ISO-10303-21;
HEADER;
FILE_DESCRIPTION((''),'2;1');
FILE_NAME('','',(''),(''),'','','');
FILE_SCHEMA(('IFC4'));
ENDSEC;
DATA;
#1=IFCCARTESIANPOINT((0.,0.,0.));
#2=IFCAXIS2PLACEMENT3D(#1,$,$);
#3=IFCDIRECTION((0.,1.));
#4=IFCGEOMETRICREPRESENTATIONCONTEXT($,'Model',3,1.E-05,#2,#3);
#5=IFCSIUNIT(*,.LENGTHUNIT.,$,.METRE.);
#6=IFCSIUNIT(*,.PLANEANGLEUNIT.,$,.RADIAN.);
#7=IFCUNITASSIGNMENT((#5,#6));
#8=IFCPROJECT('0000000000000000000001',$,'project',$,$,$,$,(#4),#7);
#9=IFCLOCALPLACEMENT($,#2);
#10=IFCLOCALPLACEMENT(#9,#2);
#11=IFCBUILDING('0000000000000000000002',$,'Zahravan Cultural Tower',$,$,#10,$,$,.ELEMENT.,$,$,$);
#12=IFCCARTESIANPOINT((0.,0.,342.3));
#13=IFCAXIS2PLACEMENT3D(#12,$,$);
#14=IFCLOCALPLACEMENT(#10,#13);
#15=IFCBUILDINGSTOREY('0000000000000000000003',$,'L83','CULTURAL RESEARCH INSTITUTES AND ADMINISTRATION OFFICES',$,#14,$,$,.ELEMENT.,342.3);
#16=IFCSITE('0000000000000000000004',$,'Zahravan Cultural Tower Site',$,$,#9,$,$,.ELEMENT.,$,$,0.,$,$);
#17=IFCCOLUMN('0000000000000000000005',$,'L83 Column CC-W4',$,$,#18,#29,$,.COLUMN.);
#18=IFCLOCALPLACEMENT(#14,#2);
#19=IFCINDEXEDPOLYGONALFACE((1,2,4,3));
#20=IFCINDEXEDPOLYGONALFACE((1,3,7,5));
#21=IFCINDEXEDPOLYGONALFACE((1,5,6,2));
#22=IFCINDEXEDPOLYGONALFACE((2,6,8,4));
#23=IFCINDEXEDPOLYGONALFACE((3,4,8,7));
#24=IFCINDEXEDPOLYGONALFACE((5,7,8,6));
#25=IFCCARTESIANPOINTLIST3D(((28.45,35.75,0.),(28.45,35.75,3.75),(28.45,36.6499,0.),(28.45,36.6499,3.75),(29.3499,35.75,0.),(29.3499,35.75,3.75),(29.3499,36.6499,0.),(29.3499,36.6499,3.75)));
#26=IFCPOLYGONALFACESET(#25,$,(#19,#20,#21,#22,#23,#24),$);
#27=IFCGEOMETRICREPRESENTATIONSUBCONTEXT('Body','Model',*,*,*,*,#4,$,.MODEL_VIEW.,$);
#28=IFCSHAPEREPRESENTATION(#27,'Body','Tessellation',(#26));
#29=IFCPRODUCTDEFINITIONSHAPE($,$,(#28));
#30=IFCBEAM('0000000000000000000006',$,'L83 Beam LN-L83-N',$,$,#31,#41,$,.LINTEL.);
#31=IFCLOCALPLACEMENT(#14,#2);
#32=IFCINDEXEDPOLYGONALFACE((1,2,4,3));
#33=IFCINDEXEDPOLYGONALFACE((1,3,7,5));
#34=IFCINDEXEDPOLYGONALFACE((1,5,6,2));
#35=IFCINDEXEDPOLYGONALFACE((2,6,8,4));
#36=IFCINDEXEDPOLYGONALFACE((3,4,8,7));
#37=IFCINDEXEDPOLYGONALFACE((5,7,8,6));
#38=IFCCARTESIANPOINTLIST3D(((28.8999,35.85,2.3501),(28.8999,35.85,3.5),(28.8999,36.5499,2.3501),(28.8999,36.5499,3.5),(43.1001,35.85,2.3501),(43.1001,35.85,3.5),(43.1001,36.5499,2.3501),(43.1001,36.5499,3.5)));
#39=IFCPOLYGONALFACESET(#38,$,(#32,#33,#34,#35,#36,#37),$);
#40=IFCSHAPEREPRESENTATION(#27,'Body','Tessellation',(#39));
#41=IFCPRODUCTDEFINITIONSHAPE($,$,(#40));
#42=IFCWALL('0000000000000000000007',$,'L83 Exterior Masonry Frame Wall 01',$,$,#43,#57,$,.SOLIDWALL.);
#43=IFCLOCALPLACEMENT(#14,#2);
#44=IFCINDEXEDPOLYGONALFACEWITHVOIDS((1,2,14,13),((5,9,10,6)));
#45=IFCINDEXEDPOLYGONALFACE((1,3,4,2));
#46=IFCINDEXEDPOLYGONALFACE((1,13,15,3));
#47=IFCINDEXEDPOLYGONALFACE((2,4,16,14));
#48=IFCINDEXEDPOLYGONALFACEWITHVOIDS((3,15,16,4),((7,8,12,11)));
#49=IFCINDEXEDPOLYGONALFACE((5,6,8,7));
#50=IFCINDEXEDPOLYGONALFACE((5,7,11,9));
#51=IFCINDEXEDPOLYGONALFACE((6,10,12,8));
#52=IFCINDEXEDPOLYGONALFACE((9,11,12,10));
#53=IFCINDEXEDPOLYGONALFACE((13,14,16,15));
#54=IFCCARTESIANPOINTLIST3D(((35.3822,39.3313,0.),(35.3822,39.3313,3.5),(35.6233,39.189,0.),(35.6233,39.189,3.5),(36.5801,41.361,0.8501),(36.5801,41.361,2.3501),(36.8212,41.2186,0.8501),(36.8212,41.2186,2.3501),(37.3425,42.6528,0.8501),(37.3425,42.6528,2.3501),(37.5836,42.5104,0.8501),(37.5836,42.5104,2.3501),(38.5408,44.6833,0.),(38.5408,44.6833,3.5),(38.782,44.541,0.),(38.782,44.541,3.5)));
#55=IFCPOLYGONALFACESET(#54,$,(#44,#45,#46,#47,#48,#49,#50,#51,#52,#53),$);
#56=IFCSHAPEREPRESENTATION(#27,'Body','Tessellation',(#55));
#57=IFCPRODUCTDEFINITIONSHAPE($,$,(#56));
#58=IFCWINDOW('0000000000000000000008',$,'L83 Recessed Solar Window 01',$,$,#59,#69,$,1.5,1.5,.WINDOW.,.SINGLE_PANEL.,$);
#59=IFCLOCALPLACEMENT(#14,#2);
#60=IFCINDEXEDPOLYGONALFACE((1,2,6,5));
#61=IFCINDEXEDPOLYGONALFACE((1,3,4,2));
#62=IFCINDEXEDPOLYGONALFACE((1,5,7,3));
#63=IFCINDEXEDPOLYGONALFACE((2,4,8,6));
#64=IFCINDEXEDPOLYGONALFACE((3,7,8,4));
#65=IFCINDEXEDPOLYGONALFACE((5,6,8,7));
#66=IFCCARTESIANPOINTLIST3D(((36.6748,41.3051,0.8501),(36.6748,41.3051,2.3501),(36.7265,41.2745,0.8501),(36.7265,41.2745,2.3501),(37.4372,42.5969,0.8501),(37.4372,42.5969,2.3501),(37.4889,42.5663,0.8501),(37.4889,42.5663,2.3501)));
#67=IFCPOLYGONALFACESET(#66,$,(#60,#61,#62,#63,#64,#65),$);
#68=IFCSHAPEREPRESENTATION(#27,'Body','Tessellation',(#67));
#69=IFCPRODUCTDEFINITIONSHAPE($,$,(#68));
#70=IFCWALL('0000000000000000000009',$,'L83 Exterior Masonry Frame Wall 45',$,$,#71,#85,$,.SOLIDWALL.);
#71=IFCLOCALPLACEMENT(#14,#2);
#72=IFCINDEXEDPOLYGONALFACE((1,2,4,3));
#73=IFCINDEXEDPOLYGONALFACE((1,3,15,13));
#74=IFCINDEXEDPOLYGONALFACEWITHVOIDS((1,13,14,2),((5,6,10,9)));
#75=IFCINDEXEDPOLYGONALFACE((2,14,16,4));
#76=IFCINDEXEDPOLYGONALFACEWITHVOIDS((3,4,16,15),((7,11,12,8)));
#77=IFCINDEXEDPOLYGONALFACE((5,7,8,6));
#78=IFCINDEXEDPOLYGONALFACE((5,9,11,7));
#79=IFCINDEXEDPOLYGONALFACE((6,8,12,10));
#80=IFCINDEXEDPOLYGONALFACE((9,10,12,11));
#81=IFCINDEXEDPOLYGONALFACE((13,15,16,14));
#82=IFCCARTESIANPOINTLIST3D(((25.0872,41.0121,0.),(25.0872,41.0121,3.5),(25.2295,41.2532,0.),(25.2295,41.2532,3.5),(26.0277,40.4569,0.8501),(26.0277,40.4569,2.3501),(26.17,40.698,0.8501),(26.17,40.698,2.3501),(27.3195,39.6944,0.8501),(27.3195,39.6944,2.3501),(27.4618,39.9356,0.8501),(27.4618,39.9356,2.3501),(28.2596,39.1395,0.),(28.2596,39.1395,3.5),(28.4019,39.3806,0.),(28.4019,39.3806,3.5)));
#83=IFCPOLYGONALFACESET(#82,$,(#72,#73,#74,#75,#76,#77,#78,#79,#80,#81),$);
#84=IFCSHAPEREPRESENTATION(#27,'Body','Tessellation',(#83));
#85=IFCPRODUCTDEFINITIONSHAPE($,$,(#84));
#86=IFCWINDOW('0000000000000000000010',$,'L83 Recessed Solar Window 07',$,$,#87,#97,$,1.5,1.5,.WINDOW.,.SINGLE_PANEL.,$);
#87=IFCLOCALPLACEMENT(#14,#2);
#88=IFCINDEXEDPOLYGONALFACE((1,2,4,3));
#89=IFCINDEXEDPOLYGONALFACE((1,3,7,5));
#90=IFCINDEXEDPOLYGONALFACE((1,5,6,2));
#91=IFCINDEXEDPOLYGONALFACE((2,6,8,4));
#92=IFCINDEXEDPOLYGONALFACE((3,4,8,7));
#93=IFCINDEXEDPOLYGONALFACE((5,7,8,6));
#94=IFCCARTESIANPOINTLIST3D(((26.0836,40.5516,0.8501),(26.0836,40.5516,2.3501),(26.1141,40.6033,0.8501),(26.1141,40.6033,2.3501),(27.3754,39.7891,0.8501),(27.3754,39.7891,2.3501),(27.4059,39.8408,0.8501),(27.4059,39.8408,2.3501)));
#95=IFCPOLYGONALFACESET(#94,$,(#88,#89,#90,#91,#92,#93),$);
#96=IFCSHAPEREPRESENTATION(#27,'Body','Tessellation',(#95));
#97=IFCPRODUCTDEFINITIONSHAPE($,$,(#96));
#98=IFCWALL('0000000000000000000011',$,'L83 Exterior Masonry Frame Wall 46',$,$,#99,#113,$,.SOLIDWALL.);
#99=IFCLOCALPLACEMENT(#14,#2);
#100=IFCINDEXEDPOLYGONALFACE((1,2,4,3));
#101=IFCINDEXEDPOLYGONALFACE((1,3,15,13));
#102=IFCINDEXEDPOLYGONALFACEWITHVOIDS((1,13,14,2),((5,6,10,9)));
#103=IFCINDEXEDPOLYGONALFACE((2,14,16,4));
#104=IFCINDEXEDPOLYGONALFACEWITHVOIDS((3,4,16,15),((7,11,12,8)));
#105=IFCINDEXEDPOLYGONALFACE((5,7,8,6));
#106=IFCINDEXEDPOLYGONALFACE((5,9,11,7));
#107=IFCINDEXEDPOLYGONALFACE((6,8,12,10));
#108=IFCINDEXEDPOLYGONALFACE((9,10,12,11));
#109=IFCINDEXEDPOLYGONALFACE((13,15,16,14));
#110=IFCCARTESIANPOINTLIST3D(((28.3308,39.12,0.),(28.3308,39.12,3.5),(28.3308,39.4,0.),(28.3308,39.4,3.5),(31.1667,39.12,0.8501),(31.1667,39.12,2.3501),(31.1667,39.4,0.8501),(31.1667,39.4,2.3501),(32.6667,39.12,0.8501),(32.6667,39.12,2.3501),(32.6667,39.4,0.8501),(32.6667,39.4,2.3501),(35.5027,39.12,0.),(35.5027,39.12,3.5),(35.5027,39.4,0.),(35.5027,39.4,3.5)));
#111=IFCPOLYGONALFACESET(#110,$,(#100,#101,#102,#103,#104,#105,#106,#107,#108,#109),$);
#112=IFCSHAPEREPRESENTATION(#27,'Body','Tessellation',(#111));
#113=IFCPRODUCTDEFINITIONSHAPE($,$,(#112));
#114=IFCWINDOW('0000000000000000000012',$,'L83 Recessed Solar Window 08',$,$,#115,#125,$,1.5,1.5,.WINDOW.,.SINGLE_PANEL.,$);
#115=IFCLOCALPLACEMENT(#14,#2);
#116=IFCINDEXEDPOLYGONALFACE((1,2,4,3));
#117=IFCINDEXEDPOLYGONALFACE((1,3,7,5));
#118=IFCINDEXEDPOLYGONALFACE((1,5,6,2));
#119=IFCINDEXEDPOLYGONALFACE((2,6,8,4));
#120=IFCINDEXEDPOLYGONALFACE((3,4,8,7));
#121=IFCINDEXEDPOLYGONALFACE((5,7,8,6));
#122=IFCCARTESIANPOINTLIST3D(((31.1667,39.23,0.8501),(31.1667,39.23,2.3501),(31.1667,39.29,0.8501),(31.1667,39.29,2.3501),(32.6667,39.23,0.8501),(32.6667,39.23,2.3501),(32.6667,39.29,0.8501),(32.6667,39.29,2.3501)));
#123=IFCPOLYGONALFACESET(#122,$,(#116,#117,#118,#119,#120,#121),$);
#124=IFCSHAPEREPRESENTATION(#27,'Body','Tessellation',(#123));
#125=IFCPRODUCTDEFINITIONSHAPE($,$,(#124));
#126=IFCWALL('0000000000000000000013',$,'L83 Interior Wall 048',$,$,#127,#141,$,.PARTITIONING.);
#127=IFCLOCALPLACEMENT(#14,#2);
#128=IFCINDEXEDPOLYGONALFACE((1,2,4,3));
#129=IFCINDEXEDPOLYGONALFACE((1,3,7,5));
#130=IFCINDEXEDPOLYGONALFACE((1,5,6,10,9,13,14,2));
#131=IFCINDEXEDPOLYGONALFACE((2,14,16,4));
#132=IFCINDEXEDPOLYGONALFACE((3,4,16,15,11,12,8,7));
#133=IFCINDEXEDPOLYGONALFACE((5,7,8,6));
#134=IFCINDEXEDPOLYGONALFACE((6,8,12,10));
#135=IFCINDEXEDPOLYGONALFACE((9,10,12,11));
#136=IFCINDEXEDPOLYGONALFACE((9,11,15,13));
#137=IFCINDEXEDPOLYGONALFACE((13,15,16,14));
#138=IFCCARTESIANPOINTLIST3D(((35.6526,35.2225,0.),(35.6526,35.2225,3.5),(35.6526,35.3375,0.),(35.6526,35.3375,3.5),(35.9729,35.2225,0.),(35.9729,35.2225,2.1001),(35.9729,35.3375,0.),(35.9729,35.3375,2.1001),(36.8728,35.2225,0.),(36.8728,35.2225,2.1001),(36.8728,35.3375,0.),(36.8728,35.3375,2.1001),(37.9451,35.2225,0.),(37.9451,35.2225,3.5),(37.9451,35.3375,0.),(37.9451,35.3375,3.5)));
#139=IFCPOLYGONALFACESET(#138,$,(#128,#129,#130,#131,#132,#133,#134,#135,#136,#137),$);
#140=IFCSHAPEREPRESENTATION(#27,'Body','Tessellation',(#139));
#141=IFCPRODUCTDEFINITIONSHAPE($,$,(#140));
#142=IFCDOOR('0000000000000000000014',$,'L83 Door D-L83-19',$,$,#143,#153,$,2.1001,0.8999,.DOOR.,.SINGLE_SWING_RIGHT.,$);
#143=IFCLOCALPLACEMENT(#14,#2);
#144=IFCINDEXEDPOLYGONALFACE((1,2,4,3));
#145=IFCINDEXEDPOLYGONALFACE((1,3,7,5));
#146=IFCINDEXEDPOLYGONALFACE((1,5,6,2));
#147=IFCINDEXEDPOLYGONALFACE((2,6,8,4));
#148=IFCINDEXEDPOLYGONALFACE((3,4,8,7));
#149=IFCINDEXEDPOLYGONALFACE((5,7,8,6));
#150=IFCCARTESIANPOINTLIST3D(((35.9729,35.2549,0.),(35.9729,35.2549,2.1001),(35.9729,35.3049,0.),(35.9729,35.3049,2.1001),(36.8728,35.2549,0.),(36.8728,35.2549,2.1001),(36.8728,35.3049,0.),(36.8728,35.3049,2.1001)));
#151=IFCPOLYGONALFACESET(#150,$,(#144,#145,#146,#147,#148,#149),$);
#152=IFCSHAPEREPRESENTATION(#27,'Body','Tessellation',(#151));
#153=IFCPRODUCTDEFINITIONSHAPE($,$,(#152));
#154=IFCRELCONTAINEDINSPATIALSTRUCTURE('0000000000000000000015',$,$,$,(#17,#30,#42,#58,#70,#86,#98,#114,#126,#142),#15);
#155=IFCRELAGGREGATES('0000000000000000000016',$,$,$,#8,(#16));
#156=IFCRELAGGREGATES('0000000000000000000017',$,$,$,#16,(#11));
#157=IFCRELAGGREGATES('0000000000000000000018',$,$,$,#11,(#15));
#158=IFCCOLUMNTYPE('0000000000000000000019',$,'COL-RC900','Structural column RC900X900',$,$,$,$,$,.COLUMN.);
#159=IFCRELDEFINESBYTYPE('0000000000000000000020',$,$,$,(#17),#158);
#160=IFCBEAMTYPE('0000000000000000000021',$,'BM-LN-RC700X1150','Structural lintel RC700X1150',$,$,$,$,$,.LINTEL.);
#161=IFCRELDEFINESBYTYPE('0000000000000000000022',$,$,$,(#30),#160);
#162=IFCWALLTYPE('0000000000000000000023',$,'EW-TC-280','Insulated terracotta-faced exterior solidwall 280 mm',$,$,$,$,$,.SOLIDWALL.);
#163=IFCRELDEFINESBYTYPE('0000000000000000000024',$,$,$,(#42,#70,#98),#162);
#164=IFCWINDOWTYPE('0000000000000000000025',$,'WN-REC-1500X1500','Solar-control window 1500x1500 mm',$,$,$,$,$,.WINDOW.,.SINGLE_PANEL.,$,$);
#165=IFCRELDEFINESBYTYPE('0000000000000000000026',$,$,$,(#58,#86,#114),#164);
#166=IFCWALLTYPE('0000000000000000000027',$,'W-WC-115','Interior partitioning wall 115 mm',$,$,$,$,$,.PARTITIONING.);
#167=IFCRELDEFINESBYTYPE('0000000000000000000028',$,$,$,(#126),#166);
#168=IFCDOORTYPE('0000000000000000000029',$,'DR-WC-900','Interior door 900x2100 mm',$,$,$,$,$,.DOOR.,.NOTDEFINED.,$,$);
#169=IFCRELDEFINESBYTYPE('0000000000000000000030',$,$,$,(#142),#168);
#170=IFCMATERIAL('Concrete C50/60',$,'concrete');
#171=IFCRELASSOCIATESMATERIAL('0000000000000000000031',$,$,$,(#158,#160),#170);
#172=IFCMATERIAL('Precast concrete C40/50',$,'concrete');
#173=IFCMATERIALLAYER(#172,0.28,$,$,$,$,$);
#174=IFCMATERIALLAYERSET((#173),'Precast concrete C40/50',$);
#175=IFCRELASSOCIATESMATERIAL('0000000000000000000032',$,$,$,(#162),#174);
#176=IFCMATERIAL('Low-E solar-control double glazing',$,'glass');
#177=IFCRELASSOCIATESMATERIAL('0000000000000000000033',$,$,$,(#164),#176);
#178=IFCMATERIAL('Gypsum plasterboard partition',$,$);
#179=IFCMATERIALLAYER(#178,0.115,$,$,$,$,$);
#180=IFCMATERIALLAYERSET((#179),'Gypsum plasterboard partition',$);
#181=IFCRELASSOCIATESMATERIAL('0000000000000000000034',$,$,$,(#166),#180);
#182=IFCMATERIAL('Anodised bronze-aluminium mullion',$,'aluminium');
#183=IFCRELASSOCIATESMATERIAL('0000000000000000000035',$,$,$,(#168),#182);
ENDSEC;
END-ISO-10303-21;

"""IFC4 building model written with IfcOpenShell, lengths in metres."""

from ifc_helpers import new_model, si_unit, direction, frame, frame_2d, origin, origin_2d, place, context, subcontext, project, spatial, rectangle, extrude, source, transform, mapped, material, layer, layer_set, material_profile, profile_set, type_object, element, fill, save


model = new_model("IFC4")

# Units and contexts
model_context = context("Model", 3, precision=1e-05, world=origin(), true_north=direction((0.0, 1.0)))
body_context = subcontext(model_context, "Body", "Model", "MODEL_VIEW")
ifc_project = project(units=[si_unit("LENGTHUNIT", "METRE"), si_unit("PLANEANGLEUNIT", "RADIAN")], contexts=[model_context])

# Site, building, storey
site_placement = place(None, origin())
site = spatial("IfcSite", under=ifc_project, at=site_placement, Name="Zahravan Cultural Tower Site", CompositionType="ELEMENT", RefElevation=0.0)
building_placement = place(site_placement, origin())
building = spatial("IfcBuilding", under=site, at=building_placement, Name="Zahravan Cultural Tower", CompositionType="ELEMENT")
storey_placement = place(building_placement, frame((0.0, 0.0, 342.3)))
storey = spatial("IfcBuildingStorey", under=building, at=storey_placement, Name="L83", Description="CULTURAL RESEARCH INSTITUTES AND ADMINISTRATION OFFICES", CompositionType="ELEMENT", Elevation=342.3)

# Column
ifc_material_1 = material(Name="Concrete C50/60", Category="concrete")
ifc_material_profile_1 = material_profile(ifc_material_1, rectangle(XDim=0.8999, YDim=0.8999, at=origin_2d()), Name="RC900X900")
ifc_profile_set_1 = profile_set([ifc_material_profile_1], Name="Concrete C50/60")
column_type = type_object("IfcColumnType", Name="COL-RC900", Description="Structural column RC900X900", PredefinedType="COLUMN", material=ifc_profile_set_1)
shared_shape_1 = source(origin(), body_context, "Body", "SweptSolid", [
    extrude(rectangle(XDim=0.8999, YDim=0.8999, at=origin_2d()), origin(), (0.0, 0.0, 1.0), 3.75),
])
column_placement = place(storey_placement, frame((28.8999, 36.2, 0.0), z_axis=(0.0, 0.0, 1.0), x_axis=(1.0, 0.0, 0.0)))
element("IfcColumn", 1, at=column_placement, inside=storey, type_object=column_type, Name="L83 Column CC-W4", PredefinedType="COLUMN", context=body_context, shape_type="MappedRepresentation", body=[
    mapped(shared_shape_1, transform((0.0, 0.0, 0.0), x_axis=(1.0, 0.0, 0.0), y_axis=(0.0, 1.0, 0.0), z_axis=(0.0, 0.0, 1.0), scale=1.0)),
])

# Beam
ifc_material_profile_2 = material_profile(ifc_material_1, rectangle(XDim=0.7, YDim=1.1499, at=origin_2d()), Name="RC700X1150")
ifc_profile_set_2 = profile_set([ifc_material_profile_2], Name="Concrete C50/60")
beam_type = type_object("IfcBeamType", Name="BM-LN-RC700X1150", Description="Structural lintel RC700X1150", PredefinedType="LINTEL", material=ifc_profile_set_2)
shared_shape_2 = source(origin(), body_context, "Body", "SweptSolid", [
    extrude(rectangle(XDim=0.7, YDim=1.1499, at=origin_2d()), origin(), (0.0, 0.0, 1.0), 14.2002),
])
beam_placement = place(storey_placement, frame((28.8999, 36.2, 2.925), z_axis=(1.0, 0.0, 0.0), x_axis=(0.0, 1.0, 0.0)))
element("IfcBeam", 2, at=beam_placement, inside=storey, type_object=beam_type, Name="L83 Beam LN-L83-N", PredefinedType="LINTEL", context=body_context, shape_type="MappedRepresentation", body=[
    mapped(shared_shape_2, transform((0.0, 0.0, 0.0), x_axis=(1.0, 0.0, 0.0), y_axis=(0.0, 1.0, 0.0), z_axis=(0.0, 0.0, 1.0), scale=1.0)),
])

# Walls, openings, windows
ifc_material_2 = material(Name="Precast concrete C40/50", Category="concrete")
ifc_layer_1 = layer(ifc_material_2, 0.28)
ifc_layer_set_1 = layer_set([ifc_layer_1], Name="Precast concrete C40/50")
wall_type_1 = type_object("IfcWallType", Name="EW-TC-280", Description="Insulated terracotta-faced exterior solidwall 280 mm", PredefinedType="SOLIDWALL", material=ifc_layer_set_1)
wall_1_placement = place(storey_placement, frame((35.5027, 39.26, 0.0), z_axis=(0.0, 0.0, 1.0), x_axis=(0.508266, 0.8612, 0.0)))
wall_1 = element("IfcWall", 3, at=wall_1_placement, inside=storey, type_object=wall_type_1, Name="L83 Exterior Masonry Frame Wall 01", PredefinedType="SOLIDWALL", context=body_context, shape_type="SweptSolid", body=[
    extrude(rectangle(XDim=6.2146, YDim=0.28, at=frame_2d((3.1074, 0.0))), origin(), (0.0, 0.0, 1.0), 3.5),
])
opening_1_placement = place(wall_1_placement, frame((2.3569, 0.0, 0.8501)))
opening_1 = element("IfcOpeningElement", 4, at=opening_1_placement, cuts=wall_1, PredefinedType="OPENING", context=body_context, shape_type="SweptSolid", body=[
    extrude(rectangle(XDim=1.5, YDim=1.5, at=frame_2d((0.75, 0.75))), frame((0.0, 0.1499, 0.0), z_axis=(0.0, -1.0, 0.0), x_axis=(1.0, 0.0, 0.0)), (0.0, 0.0, 1.0), 0.3),
])
ifc_material_3 = material(Name="Low-E solar-control double glazing", Category="glass")
window_type = type_object("IfcWindowType", Name="WN-REC-1500X1500", Description="Solar-control window 1500x1500 mm", PartitioningType="SINGLE_PANEL", PredefinedType="WINDOW", material=ifc_material_3)
shared_shape_3 = source(origin(), body_context, "Body", "SweptSolid", [
    extrude(rectangle(XDim=1.5, YDim=1.5, at=frame_2d((0.75, 0.75))), frame((0.0, 0.03, 0.0), z_axis=(0.0, -1.0, 0.0), x_axis=(1.0, 0.0, 0.0)), (0.0, 0.0, 1.0), 0.0601),
])
window_1_placement = place(opening_1_placement, origin())
window_1 = element("IfcWindow", 5, at=window_1_placement, inside=storey, type_object=window_type, Name="L83 Recessed Solar Window 01", OverallHeight=1.5, OverallWidth=1.5, PartitioningType="SINGLE_PANEL", PredefinedType="WINDOW", context=body_context, shape_type="MappedRepresentation", body=[
    mapped(shared_shape_3, transform((0.0, 0.0, 0.0), x_axis=(1.0, 0.0, 0.0), y_axis=(0.0, 1.0, 0.0), z_axis=(0.0, 0.0, 1.0), scale=1.0)),
])
fill(opening_1, window_1)
wall_2_placement = place(storey_placement, frame((25.1584, 41.1326, 0.0), z_axis=(0.0, 0.0, 1.0), x_axis=(0.861167, -0.508323, 0.0)))
wall_2 = element("IfcWall", 6, at=wall_2_placement, inside=storey, type_object=wall_type_1, Name="L83 Exterior Masonry Frame Wall 45", PredefinedType="SOLIDWALL", context=body_context, shape_type="SweptSolid", body=[
    extrude(rectangle(XDim=3.6838, YDim=0.28, at=frame_2d((1.8418, 0.0))), origin(), (0.0, 0.0, 1.0), 3.5),
])
opening_2_placement = place(wall_2_placement, frame((1.092, 0.0, 0.8501)))
opening_2 = element("IfcOpeningElement", 7, at=opening_2_placement, cuts=wall_2, PredefinedType="OPENING", context=body_context, shape_type="SweptSolid", body=[
    extrude(rectangle(XDim=1.5, YDim=1.5, at=frame_2d((0.75, 0.75))), frame((0.0, 0.1499, 0.0), z_axis=(0.0, -1.0, 0.0), x_axis=(1.0, 0.0, 0.0)), (0.0, 0.0, 1.0), 0.3),
])
window_2_placement = place(opening_2_placement, origin())
window_2 = element("IfcWindow", 8, at=window_2_placement, inside=storey, type_object=window_type, Name="L83 Recessed Solar Window 07", OverallHeight=1.5, OverallWidth=1.5, PartitioningType="SINGLE_PANEL", PredefinedType="WINDOW", context=body_context, shape_type="MappedRepresentation", body=[
    mapped(shared_shape_3, transform((0.0, 0.0, 0.0), x_axis=(1.0, 0.0, 0.0), y_axis=(0.0, 1.0, 0.0), z_axis=(0.0, 0.0, 1.0), scale=1.0)),
])
fill(opening_2, window_2)
wall_3_placement = place(storey_placement, frame((28.3308, 39.26, 0.0), z_axis=(0.0, 0.0, 1.0), x_axis=(1.0, 0.0, 0.0)))
wall_3 = element("IfcWall", 9, at=wall_3_placement, inside=storey, type_object=wall_type_1, Name="L83 Exterior Masonry Frame Wall 46", PredefinedType="SOLIDWALL", context=body_context, shape_type="SweptSolid", body=[
    extrude(rectangle(XDim=7.1719, YDim=0.28, at=frame_2d((3.5859, 0.0))), origin(), (0.0, 0.0, 1.0), 3.5),
])
opening_3_placement = place(wall_3_placement, frame((2.8359, 0.0, 0.8501)))
opening_3 = element("IfcOpeningElement", 10, at=opening_3_placement, cuts=wall_3, PredefinedType="OPENING", context=body_context, shape_type="SweptSolid", body=[
    extrude(rectangle(XDim=1.5, YDim=1.5, at=frame_2d((0.75, 0.75))), frame((0.0, 0.1499, 0.0), z_axis=(0.0, -1.0, 0.0), x_axis=(1.0, 0.0, 0.0)), (0.0, 0.0, 1.0), 0.3),
])
window_3_placement = place(opening_3_placement, origin())
window_3 = element("IfcWindow", 11, at=window_3_placement, inside=storey, type_object=window_type, Name="L83 Recessed Solar Window 08", OverallHeight=1.5, OverallWidth=1.5, PartitioningType="SINGLE_PANEL", PredefinedType="WINDOW", context=body_context, shape_type="MappedRepresentation", body=[
    mapped(shared_shape_3, transform((0.0, 0.0, 0.0), x_axis=(1.0, 0.0, 0.0), y_axis=(0.0, 1.0, 0.0), z_axis=(0.0, 0.0, 1.0), scale=1.0)),
])
fill(opening_3, window_3)

# Wall, opening, door
ifc_material_4 = material(Name="Gypsum plasterboard partition")
ifc_layer_2 = layer(ifc_material_4, 0.115)
ifc_layer_set_2 = layer_set([ifc_layer_2], Name="Gypsum plasterboard partition")
wall_type_2 = type_object("IfcWallType", Name="W-WC-115", Description="Interior partitioning wall 115 mm", PredefinedType="PARTITIONING", material=ifc_layer_set_2)
wall_4_placement = place(storey_placement, frame((35.6526, 35.28, 0.0), z_axis=(0.0, 0.0, 1.0), x_axis=(1.0, 0.0, 0.0)))
wall_4 = element("IfcWall", 12, at=wall_4_placement, inside=storey, type_object=wall_type_2, Name="L83 Interior Wall 048", PredefinedType="PARTITIONING", context=body_context, shape_type="SweptSolid", body=[
    extrude(rectangle(XDim=2.2925, YDim=0.115, at=frame_2d((1.1462, 0.0))), origin(), (0.0, 0.0, 1.0), 3.5),
])
opening_4_placement = place(wall_4_placement, frame((0.3203, 0.0, 0.0)))
opening_4 = element("IfcOpeningElement", 13, at=opening_4_placement, cuts=wall_4, PredefinedType="OPENING", context=body_context, shape_type="SweptSolid", body=[
    extrude(rectangle(XDim=0.8999, YDim=2.1001, at=frame_2d((0.45, 1.05))), frame((0.0, 0.0674, 0.0), z_axis=(0.0, -1.0, 0.0), x_axis=(1.0, 0.0, 0.0)), (0.0, 0.0, 1.0), 0.135),
])
ifc_material_5 = material(Name="Anodised bronze-aluminium mullion", Category="aluminium")
door_type_1 = type_object("IfcDoorType", Name="DR-WC-900", Description="Interior door 900x2100 mm", OperationType="NOTDEFINED", PredefinedType="DOOR", material=ifc_material_5)
shared_shape_4 = source(origin(), body_context, "Body", "SweptSolid", [
    extrude(rectangle(XDim=0.8999, YDim=2.1001, at=frame_2d((0.45, 1.05))), frame((0.0, 0.0249, 0.0), z_axis=(0.0, -1.0, 0.0), x_axis=(1.0, 0.0, 0.0)), (0.0, 0.0, 1.0), 0.05),
])
door_1_placement = place(opening_4_placement, origin())
door_1 = element("IfcDoor", 14, at=door_1_placement, inside=storey, type_object=door_type_1, Name="L83 Door D-L83-19", OperationType="SINGLE_SWING_RIGHT", OverallHeight=2.1001, OverallWidth=0.8999, PredefinedType="DOOR", context=body_context, shape_type="MappedRepresentation", body=[
    mapped(shared_shape_4, transform((0.0, 0.0, 0.0), x_axis=(1.0, 0.0, 0.0), y_axis=(0.0, 1.0, 0.0), z_axis=(0.0, 0.0, 1.0), scale=1.0)),
])
fill(opening_4, door_1)

save(model, "model.ifc")
